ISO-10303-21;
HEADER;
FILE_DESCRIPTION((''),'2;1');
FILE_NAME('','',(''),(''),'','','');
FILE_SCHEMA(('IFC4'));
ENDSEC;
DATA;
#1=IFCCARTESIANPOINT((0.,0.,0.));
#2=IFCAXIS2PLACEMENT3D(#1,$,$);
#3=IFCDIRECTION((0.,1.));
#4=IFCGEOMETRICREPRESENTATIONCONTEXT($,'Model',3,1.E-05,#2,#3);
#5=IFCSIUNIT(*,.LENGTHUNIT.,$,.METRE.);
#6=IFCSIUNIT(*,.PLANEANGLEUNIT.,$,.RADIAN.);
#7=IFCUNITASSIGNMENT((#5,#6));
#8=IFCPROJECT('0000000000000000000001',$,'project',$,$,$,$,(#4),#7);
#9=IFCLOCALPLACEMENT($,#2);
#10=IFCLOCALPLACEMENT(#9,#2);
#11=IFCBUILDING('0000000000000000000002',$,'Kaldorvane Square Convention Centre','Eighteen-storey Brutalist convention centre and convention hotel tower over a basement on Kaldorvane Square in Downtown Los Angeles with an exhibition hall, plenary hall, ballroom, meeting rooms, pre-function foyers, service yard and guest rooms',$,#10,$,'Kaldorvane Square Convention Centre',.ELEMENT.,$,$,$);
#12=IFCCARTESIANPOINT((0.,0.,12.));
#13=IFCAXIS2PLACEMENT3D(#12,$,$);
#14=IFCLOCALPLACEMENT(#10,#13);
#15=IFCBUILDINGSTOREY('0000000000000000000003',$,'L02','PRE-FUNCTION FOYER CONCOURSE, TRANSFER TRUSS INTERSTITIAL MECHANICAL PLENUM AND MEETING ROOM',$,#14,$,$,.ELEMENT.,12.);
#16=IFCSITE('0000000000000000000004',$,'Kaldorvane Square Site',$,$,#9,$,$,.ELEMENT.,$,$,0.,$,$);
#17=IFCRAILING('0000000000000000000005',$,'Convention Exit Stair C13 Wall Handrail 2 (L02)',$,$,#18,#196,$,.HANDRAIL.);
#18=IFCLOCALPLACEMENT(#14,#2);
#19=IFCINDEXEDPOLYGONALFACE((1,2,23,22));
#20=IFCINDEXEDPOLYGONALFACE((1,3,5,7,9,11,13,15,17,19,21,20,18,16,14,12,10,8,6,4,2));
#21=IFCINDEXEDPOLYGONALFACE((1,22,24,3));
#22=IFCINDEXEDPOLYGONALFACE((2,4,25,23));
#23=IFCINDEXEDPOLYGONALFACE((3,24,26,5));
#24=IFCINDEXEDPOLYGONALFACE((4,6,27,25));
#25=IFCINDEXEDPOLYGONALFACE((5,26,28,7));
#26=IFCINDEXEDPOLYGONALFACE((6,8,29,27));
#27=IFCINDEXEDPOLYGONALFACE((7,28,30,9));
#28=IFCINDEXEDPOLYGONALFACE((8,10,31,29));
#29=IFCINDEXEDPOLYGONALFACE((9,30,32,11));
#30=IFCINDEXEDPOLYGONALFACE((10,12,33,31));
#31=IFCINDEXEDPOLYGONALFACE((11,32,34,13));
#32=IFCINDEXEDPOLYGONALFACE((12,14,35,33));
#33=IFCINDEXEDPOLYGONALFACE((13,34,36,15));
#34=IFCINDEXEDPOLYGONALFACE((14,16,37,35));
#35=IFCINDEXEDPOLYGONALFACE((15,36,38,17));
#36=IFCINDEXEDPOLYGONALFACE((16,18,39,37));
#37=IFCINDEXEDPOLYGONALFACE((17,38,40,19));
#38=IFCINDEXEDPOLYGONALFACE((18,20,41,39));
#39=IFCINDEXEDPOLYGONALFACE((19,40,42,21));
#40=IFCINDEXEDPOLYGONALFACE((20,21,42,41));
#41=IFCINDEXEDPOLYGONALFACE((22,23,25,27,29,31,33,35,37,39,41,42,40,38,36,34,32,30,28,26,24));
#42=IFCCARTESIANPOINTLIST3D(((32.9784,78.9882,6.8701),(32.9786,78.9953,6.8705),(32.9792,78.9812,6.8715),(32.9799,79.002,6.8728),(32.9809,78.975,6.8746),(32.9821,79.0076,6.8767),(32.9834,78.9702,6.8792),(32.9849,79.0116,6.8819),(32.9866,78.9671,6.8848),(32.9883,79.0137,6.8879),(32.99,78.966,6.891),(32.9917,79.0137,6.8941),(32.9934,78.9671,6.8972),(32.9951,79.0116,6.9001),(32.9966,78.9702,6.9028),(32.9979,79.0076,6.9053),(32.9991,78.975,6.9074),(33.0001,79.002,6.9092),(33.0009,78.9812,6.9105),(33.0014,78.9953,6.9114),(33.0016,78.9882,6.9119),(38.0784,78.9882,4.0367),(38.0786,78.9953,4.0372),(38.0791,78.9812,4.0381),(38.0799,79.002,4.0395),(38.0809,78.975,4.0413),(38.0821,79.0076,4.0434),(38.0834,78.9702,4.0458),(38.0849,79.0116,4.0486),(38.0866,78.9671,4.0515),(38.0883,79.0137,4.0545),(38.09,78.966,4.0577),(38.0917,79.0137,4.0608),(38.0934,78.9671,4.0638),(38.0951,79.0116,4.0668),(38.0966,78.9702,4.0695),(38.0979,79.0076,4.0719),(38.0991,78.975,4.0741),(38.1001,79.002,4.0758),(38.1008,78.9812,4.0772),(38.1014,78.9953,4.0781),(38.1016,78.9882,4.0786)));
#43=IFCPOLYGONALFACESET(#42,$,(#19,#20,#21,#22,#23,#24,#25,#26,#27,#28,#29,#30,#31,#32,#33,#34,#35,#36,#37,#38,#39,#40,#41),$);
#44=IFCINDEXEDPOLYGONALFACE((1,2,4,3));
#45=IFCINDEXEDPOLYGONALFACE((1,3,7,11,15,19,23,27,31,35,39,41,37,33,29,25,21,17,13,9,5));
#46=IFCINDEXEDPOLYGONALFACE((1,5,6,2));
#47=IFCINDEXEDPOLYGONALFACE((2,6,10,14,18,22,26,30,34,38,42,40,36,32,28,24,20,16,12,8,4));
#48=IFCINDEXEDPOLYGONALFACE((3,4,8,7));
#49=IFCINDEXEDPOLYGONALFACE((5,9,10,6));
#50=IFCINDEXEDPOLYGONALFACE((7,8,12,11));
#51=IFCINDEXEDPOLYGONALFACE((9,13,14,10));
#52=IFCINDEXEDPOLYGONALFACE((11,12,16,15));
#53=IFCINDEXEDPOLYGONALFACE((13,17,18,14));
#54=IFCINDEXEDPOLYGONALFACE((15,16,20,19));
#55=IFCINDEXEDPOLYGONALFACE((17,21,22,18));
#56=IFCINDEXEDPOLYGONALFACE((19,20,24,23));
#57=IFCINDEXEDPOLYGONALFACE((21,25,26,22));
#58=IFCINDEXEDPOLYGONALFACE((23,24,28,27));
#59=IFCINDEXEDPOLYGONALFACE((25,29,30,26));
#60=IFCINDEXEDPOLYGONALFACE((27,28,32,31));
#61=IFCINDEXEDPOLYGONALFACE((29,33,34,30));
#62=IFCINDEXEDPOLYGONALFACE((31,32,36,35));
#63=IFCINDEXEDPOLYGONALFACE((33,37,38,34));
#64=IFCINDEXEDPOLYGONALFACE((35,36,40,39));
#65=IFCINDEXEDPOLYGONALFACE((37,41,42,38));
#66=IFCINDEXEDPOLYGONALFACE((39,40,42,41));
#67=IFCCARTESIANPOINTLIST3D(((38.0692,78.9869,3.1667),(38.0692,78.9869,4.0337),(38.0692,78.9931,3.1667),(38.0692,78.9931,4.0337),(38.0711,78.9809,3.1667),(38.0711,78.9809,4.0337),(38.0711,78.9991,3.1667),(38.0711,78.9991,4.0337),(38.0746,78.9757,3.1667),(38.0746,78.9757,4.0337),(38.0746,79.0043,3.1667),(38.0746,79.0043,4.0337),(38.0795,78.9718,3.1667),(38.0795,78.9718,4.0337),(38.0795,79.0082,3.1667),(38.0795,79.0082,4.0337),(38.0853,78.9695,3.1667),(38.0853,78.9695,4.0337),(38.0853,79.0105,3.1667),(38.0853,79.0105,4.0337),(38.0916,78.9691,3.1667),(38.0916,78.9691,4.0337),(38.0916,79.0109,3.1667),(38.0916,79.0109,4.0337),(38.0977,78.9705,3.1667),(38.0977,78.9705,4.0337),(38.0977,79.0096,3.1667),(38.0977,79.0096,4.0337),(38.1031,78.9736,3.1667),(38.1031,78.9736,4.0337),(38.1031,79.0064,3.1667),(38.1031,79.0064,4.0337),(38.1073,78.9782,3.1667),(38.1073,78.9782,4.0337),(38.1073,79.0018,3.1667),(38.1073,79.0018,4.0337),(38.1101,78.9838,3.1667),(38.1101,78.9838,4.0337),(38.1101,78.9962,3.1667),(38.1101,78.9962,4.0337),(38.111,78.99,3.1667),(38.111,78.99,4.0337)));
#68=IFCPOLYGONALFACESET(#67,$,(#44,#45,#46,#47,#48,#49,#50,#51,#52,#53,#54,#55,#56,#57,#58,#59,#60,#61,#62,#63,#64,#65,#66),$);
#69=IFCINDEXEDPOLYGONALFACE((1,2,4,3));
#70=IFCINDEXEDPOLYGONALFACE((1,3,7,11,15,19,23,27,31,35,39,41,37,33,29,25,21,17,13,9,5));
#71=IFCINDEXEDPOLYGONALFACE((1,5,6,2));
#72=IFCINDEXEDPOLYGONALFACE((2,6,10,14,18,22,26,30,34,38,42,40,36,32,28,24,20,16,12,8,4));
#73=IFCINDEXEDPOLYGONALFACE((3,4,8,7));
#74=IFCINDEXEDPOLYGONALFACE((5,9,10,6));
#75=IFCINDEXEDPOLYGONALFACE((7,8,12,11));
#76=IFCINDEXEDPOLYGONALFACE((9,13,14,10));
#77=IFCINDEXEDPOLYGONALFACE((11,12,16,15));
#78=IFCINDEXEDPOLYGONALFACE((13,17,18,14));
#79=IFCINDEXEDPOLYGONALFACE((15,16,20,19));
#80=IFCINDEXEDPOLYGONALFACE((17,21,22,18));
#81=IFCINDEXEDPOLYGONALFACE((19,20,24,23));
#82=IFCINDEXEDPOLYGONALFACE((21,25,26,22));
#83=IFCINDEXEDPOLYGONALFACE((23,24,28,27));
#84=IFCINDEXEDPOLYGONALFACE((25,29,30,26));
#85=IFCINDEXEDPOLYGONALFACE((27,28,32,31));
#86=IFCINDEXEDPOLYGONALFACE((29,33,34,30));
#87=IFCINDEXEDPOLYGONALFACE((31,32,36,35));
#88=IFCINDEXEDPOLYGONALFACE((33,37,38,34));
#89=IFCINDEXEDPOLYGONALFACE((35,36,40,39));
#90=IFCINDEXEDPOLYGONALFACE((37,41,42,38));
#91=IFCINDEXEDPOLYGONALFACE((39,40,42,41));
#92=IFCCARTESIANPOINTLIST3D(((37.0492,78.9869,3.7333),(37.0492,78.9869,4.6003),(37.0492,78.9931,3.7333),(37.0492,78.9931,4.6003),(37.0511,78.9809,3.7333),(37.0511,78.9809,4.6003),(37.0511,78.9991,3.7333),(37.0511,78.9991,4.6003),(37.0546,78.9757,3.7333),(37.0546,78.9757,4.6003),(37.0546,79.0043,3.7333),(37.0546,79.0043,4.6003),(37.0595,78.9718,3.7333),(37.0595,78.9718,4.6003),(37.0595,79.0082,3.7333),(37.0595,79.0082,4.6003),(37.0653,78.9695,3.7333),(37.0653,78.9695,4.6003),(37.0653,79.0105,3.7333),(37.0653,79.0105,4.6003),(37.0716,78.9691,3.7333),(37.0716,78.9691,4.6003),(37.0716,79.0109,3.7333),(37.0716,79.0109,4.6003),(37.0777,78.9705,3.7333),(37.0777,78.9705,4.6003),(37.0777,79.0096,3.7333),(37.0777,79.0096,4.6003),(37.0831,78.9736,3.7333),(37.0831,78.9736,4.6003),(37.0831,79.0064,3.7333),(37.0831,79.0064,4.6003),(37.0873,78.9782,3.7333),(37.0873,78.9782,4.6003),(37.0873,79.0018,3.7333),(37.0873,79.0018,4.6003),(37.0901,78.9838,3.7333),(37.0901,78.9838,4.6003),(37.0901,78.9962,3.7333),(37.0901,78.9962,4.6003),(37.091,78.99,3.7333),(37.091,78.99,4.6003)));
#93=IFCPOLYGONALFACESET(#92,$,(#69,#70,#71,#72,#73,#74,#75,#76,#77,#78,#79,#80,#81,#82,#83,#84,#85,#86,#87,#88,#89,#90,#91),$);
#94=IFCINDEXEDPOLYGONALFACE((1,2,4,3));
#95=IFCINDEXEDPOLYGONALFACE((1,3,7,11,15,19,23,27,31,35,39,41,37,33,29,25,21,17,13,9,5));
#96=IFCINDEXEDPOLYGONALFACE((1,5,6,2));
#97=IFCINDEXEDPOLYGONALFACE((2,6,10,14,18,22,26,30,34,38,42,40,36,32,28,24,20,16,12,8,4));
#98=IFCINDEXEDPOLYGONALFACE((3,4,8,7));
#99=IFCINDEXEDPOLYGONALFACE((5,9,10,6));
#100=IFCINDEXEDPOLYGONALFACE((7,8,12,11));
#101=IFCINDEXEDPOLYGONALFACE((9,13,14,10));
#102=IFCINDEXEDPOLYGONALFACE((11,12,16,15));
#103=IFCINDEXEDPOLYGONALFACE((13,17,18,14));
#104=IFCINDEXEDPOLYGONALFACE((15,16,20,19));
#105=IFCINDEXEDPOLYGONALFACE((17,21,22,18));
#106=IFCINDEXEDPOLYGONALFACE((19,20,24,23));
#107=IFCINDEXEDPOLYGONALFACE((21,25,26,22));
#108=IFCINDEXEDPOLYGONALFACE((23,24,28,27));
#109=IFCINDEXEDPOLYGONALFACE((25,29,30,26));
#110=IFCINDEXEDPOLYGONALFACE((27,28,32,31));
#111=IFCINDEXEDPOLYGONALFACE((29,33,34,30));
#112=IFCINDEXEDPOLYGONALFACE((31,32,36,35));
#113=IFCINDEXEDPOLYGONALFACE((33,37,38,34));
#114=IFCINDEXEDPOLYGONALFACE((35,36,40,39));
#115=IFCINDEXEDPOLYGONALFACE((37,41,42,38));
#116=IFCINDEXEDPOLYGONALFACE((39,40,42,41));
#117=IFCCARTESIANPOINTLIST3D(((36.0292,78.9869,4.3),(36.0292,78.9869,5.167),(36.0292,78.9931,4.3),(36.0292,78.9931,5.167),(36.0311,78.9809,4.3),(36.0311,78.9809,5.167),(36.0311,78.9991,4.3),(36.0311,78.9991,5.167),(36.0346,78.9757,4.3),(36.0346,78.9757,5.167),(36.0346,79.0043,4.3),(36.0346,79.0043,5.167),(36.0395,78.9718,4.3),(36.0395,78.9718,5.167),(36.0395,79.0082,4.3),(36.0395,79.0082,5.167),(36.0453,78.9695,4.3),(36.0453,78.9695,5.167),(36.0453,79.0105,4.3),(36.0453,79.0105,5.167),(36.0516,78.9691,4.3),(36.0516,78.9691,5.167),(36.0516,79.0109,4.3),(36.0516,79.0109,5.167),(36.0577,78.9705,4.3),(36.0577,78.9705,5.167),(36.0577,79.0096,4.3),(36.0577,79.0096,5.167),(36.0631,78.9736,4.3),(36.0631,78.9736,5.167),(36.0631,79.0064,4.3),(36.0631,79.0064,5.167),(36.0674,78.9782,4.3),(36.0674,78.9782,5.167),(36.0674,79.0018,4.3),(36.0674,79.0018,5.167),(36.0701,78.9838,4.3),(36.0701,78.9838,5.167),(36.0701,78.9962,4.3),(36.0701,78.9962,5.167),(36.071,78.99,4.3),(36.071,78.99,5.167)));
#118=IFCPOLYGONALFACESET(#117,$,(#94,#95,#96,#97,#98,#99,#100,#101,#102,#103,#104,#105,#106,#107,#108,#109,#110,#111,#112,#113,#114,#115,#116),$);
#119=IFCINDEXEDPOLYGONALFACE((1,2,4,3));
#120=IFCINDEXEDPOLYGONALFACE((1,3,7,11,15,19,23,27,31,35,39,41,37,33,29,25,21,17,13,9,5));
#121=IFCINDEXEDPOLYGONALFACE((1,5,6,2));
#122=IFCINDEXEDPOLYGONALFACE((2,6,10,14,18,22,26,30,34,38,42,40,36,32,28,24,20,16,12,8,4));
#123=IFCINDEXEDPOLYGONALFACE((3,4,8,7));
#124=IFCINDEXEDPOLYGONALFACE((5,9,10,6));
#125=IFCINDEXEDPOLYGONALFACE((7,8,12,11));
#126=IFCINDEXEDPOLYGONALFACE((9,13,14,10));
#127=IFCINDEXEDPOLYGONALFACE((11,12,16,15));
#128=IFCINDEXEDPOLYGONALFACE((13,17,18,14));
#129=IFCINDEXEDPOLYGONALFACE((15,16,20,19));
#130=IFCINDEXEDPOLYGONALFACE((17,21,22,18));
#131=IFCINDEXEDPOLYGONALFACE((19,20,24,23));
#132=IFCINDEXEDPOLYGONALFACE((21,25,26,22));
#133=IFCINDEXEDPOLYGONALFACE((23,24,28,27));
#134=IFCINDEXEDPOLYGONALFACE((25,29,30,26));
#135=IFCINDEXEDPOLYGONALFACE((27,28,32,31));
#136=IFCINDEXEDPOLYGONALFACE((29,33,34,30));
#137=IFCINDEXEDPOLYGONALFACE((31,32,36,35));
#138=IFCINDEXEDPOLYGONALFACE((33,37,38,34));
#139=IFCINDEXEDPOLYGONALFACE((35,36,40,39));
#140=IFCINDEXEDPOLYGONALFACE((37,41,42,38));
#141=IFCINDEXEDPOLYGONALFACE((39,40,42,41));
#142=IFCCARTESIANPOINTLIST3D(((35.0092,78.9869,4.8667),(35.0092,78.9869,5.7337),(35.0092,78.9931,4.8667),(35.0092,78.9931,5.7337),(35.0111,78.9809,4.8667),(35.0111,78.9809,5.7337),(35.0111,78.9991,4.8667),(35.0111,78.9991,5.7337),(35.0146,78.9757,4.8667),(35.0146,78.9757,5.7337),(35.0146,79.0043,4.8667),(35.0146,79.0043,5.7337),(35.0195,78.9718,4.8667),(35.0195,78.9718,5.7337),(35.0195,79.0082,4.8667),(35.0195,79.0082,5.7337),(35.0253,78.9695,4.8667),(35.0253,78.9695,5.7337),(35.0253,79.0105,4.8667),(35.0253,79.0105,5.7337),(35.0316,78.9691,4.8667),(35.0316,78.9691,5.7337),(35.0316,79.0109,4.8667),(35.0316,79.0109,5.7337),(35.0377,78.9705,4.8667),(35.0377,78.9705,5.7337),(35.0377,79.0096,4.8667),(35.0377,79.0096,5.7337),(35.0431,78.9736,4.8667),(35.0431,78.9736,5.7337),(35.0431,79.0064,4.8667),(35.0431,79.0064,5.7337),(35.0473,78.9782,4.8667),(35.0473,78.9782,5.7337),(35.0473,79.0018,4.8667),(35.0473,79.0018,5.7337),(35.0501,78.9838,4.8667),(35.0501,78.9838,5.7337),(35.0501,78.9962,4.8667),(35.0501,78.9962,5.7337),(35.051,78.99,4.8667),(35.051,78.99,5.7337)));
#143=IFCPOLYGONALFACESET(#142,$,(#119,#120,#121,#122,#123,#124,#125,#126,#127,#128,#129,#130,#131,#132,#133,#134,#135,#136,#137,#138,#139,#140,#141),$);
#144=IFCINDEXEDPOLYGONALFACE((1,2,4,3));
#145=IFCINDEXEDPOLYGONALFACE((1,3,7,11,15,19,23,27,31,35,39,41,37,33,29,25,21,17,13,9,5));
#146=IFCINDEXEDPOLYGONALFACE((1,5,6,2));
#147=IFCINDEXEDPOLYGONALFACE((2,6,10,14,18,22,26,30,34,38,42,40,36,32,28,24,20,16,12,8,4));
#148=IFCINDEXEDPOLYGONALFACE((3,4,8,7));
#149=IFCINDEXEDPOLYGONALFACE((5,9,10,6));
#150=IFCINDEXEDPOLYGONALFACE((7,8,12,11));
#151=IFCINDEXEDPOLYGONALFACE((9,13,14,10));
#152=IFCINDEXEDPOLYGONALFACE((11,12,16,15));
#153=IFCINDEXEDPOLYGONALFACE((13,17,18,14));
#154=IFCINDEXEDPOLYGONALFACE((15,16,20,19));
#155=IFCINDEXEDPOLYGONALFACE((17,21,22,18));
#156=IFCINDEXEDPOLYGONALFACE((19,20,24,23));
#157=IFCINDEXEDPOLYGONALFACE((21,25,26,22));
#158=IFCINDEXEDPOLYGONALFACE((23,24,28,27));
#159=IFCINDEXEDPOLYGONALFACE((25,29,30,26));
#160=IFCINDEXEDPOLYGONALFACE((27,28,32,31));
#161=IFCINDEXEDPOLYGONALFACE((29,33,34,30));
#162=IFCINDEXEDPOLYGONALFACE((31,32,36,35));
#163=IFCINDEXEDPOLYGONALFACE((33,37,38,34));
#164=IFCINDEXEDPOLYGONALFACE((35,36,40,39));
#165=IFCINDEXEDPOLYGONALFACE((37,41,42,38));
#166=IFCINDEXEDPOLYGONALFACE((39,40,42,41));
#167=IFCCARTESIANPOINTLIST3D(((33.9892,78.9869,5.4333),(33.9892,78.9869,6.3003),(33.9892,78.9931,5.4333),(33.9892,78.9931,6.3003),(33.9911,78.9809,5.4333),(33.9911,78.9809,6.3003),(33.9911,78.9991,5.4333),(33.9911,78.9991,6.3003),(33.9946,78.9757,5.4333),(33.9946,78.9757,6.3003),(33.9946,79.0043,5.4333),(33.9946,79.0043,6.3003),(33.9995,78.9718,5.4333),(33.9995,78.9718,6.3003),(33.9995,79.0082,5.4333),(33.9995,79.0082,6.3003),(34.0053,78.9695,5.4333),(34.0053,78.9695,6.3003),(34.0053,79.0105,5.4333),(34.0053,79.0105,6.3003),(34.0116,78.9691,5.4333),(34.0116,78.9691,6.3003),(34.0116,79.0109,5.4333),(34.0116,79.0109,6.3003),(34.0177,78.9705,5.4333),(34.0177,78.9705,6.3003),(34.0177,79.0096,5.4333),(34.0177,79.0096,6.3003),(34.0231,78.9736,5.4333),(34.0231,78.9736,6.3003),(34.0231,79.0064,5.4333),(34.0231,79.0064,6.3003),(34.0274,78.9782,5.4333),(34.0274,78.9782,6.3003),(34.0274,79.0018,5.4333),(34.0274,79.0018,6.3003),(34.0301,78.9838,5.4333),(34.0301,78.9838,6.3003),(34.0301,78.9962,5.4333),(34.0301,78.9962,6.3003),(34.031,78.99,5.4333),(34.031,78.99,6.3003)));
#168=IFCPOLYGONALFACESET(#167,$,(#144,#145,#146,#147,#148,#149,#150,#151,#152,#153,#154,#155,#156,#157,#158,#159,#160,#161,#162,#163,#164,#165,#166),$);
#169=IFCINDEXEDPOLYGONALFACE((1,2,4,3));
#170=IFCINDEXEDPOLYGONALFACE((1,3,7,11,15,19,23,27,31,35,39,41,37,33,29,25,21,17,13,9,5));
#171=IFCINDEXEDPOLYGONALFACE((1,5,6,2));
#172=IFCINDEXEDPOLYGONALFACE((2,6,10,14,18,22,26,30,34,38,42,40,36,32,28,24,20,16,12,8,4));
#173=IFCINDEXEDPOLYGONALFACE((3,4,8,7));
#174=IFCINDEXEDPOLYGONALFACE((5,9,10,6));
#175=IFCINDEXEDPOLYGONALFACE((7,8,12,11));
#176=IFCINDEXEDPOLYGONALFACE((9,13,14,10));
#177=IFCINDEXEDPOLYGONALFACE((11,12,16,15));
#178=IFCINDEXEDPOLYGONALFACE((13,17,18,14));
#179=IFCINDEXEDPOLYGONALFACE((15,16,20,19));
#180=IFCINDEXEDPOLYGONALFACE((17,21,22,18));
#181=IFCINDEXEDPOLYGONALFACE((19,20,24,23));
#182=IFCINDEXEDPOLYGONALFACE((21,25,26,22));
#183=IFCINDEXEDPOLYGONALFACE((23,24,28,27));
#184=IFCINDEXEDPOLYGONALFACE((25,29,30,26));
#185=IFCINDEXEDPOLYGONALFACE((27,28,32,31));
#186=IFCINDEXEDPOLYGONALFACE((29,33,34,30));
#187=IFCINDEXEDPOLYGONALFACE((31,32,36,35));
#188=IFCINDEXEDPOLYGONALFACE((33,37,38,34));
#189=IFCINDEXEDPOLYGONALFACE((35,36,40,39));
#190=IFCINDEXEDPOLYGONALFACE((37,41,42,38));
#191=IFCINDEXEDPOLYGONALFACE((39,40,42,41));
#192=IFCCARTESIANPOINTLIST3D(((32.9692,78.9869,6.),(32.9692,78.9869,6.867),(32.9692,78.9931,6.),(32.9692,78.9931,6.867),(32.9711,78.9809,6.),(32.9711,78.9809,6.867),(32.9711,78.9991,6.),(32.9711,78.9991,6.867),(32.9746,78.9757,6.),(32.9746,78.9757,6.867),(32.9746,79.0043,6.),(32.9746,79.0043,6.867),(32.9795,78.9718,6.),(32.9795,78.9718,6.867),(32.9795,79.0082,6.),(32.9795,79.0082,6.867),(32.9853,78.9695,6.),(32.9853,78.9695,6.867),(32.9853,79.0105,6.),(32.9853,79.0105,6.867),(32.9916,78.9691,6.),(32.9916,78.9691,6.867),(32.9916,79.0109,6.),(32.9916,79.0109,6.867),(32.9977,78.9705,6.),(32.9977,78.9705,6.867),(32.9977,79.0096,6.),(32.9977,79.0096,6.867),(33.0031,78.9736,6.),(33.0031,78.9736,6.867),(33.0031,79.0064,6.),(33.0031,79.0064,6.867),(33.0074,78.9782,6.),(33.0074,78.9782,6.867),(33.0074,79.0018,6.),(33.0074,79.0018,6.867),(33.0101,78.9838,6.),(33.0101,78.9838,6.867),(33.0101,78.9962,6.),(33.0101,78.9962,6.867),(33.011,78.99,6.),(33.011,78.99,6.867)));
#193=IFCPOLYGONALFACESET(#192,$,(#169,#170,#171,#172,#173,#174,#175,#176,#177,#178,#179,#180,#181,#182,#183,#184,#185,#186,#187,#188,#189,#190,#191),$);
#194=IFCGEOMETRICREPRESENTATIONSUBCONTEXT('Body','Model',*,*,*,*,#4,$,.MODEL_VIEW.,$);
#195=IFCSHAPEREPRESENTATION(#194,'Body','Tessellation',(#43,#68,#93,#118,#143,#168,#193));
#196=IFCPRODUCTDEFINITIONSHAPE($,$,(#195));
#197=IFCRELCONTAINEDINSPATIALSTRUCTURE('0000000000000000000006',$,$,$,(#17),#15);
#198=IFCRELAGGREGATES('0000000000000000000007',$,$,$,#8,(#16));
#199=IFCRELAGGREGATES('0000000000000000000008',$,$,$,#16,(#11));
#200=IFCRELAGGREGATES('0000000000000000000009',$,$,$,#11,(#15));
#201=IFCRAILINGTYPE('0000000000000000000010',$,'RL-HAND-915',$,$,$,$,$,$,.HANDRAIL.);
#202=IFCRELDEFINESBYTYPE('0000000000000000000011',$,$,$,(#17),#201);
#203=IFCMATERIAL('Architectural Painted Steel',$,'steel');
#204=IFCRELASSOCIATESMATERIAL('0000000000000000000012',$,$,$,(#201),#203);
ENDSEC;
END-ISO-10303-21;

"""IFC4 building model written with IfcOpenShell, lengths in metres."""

from ifc_helpers import new_model, si_unit, direction, frame, origin, origin_2d, place, context, subcontext, project, spatial, circle, extrude, material, type_object, element, save


model = new_model("IFC4")

# Units and contexts
model_context = context("Model", 3, precision=1e-05, world=origin(), true_north=direction((0.0, 1.0)))
body_context = subcontext(model_context, "Body", "Model", "MODEL_VIEW")
ifc_project = project(units=[si_unit("LENGTHUNIT", "METRE"), si_unit("PLANEANGLEUNIT", "RADIAN")], contexts=[model_context])

# Site, building, storey
site_placement = place(None, origin())
site = spatial("IfcSite", under=ifc_project, at=site_placement, Name="Kaldorvane Square Site", CompositionType="ELEMENT", RefElevation=0.0)
building_placement = place(site_placement, origin())
building = spatial("IfcBuilding", under=site, at=building_placement, Name="Kaldorvane Square Convention Centre", Description="Eighteen-storey Brutalist convention centre and convention hotel tower over a basement on Kaldorvane Square in Downtown Los Angeles with an exhibition hall, plenary hall, ballroom, meeting rooms, pre-function foyers, service yard and guest rooms", LongName="Kaldorvane Square Convention Centre", CompositionType="ELEMENT")
storey_placement = place(building_placement, frame((0.0, 0.0, 12.0)))
storey = spatial("IfcBuildingStorey", under=building, at=storey_placement, Name="L02", Description="PRE-FUNCTION FOYER CONCOURSE, TRANSFER TRUSS INTERSTITIAL MECHANICAL PLENUM AND MEETING ROOM", CompositionType="ELEMENT", Elevation=12.0)

# Railing
ifc_material_1 = material(Name="Architectural Painted Steel", Category="steel")
railing_type_1 = type_object("IfcRailingType", Name="RL-HAND-915", PredefinedType="HANDRAIL", material=ifc_material_1)
railing_1_placement = place(storey_placement, frame((38.09, 78.99, 3.1667)))
element("IfcRailing", 1, at=railing_1_placement, inside=storey, type_object=railing_type_1, Name="Convention Exit Stair C13 Wall Handrail 2 (L02)", PredefinedType="HANDRAIL", context=body_context, shape_type="SweptSolid", body=[
    extrude(circle(Radius=0.024, at=origin_2d()), frame((0.0, 0.0, 0.891), z_axis=(-0.874157, 0.0, 0.485643), x_axis=(0.0, -1.0, 0.0)), (0.0, 0.0, 1.0), 5.8342),
    extrude(circle(Radius=0.021, at=origin_2d()), origin(), (0.0, 0.0, 1.0), 0.867),
    extrude(circle(Radius=0.021, at=origin_2d()), frame((-1.02, 0.0, 0.5667)), (0.0, 0.0, 1.0), 0.867),
    extrude(circle(Radius=0.021, at=origin_2d()), frame((-2.04, 0.0, 1.1333)), (0.0, 0.0, 1.0), 0.867),
    extrude(circle(Radius=0.021, at=origin_2d()), frame((-3.06, 0.0, 1.7)), (0.0, 0.0, 1.0), 0.867),
    extrude(circle(Radius=0.021, at=origin_2d()), frame((-4.08, 0.0, 2.2667)), (0.0, 0.0, 1.0), 0.867),
    extrude(circle(Radius=0.021, at=origin_2d()), frame((-5.1, 0.0, 2.8333)), (0.0, 0.0, 1.0), 0.867),
])

save(model, "model.ifc")
